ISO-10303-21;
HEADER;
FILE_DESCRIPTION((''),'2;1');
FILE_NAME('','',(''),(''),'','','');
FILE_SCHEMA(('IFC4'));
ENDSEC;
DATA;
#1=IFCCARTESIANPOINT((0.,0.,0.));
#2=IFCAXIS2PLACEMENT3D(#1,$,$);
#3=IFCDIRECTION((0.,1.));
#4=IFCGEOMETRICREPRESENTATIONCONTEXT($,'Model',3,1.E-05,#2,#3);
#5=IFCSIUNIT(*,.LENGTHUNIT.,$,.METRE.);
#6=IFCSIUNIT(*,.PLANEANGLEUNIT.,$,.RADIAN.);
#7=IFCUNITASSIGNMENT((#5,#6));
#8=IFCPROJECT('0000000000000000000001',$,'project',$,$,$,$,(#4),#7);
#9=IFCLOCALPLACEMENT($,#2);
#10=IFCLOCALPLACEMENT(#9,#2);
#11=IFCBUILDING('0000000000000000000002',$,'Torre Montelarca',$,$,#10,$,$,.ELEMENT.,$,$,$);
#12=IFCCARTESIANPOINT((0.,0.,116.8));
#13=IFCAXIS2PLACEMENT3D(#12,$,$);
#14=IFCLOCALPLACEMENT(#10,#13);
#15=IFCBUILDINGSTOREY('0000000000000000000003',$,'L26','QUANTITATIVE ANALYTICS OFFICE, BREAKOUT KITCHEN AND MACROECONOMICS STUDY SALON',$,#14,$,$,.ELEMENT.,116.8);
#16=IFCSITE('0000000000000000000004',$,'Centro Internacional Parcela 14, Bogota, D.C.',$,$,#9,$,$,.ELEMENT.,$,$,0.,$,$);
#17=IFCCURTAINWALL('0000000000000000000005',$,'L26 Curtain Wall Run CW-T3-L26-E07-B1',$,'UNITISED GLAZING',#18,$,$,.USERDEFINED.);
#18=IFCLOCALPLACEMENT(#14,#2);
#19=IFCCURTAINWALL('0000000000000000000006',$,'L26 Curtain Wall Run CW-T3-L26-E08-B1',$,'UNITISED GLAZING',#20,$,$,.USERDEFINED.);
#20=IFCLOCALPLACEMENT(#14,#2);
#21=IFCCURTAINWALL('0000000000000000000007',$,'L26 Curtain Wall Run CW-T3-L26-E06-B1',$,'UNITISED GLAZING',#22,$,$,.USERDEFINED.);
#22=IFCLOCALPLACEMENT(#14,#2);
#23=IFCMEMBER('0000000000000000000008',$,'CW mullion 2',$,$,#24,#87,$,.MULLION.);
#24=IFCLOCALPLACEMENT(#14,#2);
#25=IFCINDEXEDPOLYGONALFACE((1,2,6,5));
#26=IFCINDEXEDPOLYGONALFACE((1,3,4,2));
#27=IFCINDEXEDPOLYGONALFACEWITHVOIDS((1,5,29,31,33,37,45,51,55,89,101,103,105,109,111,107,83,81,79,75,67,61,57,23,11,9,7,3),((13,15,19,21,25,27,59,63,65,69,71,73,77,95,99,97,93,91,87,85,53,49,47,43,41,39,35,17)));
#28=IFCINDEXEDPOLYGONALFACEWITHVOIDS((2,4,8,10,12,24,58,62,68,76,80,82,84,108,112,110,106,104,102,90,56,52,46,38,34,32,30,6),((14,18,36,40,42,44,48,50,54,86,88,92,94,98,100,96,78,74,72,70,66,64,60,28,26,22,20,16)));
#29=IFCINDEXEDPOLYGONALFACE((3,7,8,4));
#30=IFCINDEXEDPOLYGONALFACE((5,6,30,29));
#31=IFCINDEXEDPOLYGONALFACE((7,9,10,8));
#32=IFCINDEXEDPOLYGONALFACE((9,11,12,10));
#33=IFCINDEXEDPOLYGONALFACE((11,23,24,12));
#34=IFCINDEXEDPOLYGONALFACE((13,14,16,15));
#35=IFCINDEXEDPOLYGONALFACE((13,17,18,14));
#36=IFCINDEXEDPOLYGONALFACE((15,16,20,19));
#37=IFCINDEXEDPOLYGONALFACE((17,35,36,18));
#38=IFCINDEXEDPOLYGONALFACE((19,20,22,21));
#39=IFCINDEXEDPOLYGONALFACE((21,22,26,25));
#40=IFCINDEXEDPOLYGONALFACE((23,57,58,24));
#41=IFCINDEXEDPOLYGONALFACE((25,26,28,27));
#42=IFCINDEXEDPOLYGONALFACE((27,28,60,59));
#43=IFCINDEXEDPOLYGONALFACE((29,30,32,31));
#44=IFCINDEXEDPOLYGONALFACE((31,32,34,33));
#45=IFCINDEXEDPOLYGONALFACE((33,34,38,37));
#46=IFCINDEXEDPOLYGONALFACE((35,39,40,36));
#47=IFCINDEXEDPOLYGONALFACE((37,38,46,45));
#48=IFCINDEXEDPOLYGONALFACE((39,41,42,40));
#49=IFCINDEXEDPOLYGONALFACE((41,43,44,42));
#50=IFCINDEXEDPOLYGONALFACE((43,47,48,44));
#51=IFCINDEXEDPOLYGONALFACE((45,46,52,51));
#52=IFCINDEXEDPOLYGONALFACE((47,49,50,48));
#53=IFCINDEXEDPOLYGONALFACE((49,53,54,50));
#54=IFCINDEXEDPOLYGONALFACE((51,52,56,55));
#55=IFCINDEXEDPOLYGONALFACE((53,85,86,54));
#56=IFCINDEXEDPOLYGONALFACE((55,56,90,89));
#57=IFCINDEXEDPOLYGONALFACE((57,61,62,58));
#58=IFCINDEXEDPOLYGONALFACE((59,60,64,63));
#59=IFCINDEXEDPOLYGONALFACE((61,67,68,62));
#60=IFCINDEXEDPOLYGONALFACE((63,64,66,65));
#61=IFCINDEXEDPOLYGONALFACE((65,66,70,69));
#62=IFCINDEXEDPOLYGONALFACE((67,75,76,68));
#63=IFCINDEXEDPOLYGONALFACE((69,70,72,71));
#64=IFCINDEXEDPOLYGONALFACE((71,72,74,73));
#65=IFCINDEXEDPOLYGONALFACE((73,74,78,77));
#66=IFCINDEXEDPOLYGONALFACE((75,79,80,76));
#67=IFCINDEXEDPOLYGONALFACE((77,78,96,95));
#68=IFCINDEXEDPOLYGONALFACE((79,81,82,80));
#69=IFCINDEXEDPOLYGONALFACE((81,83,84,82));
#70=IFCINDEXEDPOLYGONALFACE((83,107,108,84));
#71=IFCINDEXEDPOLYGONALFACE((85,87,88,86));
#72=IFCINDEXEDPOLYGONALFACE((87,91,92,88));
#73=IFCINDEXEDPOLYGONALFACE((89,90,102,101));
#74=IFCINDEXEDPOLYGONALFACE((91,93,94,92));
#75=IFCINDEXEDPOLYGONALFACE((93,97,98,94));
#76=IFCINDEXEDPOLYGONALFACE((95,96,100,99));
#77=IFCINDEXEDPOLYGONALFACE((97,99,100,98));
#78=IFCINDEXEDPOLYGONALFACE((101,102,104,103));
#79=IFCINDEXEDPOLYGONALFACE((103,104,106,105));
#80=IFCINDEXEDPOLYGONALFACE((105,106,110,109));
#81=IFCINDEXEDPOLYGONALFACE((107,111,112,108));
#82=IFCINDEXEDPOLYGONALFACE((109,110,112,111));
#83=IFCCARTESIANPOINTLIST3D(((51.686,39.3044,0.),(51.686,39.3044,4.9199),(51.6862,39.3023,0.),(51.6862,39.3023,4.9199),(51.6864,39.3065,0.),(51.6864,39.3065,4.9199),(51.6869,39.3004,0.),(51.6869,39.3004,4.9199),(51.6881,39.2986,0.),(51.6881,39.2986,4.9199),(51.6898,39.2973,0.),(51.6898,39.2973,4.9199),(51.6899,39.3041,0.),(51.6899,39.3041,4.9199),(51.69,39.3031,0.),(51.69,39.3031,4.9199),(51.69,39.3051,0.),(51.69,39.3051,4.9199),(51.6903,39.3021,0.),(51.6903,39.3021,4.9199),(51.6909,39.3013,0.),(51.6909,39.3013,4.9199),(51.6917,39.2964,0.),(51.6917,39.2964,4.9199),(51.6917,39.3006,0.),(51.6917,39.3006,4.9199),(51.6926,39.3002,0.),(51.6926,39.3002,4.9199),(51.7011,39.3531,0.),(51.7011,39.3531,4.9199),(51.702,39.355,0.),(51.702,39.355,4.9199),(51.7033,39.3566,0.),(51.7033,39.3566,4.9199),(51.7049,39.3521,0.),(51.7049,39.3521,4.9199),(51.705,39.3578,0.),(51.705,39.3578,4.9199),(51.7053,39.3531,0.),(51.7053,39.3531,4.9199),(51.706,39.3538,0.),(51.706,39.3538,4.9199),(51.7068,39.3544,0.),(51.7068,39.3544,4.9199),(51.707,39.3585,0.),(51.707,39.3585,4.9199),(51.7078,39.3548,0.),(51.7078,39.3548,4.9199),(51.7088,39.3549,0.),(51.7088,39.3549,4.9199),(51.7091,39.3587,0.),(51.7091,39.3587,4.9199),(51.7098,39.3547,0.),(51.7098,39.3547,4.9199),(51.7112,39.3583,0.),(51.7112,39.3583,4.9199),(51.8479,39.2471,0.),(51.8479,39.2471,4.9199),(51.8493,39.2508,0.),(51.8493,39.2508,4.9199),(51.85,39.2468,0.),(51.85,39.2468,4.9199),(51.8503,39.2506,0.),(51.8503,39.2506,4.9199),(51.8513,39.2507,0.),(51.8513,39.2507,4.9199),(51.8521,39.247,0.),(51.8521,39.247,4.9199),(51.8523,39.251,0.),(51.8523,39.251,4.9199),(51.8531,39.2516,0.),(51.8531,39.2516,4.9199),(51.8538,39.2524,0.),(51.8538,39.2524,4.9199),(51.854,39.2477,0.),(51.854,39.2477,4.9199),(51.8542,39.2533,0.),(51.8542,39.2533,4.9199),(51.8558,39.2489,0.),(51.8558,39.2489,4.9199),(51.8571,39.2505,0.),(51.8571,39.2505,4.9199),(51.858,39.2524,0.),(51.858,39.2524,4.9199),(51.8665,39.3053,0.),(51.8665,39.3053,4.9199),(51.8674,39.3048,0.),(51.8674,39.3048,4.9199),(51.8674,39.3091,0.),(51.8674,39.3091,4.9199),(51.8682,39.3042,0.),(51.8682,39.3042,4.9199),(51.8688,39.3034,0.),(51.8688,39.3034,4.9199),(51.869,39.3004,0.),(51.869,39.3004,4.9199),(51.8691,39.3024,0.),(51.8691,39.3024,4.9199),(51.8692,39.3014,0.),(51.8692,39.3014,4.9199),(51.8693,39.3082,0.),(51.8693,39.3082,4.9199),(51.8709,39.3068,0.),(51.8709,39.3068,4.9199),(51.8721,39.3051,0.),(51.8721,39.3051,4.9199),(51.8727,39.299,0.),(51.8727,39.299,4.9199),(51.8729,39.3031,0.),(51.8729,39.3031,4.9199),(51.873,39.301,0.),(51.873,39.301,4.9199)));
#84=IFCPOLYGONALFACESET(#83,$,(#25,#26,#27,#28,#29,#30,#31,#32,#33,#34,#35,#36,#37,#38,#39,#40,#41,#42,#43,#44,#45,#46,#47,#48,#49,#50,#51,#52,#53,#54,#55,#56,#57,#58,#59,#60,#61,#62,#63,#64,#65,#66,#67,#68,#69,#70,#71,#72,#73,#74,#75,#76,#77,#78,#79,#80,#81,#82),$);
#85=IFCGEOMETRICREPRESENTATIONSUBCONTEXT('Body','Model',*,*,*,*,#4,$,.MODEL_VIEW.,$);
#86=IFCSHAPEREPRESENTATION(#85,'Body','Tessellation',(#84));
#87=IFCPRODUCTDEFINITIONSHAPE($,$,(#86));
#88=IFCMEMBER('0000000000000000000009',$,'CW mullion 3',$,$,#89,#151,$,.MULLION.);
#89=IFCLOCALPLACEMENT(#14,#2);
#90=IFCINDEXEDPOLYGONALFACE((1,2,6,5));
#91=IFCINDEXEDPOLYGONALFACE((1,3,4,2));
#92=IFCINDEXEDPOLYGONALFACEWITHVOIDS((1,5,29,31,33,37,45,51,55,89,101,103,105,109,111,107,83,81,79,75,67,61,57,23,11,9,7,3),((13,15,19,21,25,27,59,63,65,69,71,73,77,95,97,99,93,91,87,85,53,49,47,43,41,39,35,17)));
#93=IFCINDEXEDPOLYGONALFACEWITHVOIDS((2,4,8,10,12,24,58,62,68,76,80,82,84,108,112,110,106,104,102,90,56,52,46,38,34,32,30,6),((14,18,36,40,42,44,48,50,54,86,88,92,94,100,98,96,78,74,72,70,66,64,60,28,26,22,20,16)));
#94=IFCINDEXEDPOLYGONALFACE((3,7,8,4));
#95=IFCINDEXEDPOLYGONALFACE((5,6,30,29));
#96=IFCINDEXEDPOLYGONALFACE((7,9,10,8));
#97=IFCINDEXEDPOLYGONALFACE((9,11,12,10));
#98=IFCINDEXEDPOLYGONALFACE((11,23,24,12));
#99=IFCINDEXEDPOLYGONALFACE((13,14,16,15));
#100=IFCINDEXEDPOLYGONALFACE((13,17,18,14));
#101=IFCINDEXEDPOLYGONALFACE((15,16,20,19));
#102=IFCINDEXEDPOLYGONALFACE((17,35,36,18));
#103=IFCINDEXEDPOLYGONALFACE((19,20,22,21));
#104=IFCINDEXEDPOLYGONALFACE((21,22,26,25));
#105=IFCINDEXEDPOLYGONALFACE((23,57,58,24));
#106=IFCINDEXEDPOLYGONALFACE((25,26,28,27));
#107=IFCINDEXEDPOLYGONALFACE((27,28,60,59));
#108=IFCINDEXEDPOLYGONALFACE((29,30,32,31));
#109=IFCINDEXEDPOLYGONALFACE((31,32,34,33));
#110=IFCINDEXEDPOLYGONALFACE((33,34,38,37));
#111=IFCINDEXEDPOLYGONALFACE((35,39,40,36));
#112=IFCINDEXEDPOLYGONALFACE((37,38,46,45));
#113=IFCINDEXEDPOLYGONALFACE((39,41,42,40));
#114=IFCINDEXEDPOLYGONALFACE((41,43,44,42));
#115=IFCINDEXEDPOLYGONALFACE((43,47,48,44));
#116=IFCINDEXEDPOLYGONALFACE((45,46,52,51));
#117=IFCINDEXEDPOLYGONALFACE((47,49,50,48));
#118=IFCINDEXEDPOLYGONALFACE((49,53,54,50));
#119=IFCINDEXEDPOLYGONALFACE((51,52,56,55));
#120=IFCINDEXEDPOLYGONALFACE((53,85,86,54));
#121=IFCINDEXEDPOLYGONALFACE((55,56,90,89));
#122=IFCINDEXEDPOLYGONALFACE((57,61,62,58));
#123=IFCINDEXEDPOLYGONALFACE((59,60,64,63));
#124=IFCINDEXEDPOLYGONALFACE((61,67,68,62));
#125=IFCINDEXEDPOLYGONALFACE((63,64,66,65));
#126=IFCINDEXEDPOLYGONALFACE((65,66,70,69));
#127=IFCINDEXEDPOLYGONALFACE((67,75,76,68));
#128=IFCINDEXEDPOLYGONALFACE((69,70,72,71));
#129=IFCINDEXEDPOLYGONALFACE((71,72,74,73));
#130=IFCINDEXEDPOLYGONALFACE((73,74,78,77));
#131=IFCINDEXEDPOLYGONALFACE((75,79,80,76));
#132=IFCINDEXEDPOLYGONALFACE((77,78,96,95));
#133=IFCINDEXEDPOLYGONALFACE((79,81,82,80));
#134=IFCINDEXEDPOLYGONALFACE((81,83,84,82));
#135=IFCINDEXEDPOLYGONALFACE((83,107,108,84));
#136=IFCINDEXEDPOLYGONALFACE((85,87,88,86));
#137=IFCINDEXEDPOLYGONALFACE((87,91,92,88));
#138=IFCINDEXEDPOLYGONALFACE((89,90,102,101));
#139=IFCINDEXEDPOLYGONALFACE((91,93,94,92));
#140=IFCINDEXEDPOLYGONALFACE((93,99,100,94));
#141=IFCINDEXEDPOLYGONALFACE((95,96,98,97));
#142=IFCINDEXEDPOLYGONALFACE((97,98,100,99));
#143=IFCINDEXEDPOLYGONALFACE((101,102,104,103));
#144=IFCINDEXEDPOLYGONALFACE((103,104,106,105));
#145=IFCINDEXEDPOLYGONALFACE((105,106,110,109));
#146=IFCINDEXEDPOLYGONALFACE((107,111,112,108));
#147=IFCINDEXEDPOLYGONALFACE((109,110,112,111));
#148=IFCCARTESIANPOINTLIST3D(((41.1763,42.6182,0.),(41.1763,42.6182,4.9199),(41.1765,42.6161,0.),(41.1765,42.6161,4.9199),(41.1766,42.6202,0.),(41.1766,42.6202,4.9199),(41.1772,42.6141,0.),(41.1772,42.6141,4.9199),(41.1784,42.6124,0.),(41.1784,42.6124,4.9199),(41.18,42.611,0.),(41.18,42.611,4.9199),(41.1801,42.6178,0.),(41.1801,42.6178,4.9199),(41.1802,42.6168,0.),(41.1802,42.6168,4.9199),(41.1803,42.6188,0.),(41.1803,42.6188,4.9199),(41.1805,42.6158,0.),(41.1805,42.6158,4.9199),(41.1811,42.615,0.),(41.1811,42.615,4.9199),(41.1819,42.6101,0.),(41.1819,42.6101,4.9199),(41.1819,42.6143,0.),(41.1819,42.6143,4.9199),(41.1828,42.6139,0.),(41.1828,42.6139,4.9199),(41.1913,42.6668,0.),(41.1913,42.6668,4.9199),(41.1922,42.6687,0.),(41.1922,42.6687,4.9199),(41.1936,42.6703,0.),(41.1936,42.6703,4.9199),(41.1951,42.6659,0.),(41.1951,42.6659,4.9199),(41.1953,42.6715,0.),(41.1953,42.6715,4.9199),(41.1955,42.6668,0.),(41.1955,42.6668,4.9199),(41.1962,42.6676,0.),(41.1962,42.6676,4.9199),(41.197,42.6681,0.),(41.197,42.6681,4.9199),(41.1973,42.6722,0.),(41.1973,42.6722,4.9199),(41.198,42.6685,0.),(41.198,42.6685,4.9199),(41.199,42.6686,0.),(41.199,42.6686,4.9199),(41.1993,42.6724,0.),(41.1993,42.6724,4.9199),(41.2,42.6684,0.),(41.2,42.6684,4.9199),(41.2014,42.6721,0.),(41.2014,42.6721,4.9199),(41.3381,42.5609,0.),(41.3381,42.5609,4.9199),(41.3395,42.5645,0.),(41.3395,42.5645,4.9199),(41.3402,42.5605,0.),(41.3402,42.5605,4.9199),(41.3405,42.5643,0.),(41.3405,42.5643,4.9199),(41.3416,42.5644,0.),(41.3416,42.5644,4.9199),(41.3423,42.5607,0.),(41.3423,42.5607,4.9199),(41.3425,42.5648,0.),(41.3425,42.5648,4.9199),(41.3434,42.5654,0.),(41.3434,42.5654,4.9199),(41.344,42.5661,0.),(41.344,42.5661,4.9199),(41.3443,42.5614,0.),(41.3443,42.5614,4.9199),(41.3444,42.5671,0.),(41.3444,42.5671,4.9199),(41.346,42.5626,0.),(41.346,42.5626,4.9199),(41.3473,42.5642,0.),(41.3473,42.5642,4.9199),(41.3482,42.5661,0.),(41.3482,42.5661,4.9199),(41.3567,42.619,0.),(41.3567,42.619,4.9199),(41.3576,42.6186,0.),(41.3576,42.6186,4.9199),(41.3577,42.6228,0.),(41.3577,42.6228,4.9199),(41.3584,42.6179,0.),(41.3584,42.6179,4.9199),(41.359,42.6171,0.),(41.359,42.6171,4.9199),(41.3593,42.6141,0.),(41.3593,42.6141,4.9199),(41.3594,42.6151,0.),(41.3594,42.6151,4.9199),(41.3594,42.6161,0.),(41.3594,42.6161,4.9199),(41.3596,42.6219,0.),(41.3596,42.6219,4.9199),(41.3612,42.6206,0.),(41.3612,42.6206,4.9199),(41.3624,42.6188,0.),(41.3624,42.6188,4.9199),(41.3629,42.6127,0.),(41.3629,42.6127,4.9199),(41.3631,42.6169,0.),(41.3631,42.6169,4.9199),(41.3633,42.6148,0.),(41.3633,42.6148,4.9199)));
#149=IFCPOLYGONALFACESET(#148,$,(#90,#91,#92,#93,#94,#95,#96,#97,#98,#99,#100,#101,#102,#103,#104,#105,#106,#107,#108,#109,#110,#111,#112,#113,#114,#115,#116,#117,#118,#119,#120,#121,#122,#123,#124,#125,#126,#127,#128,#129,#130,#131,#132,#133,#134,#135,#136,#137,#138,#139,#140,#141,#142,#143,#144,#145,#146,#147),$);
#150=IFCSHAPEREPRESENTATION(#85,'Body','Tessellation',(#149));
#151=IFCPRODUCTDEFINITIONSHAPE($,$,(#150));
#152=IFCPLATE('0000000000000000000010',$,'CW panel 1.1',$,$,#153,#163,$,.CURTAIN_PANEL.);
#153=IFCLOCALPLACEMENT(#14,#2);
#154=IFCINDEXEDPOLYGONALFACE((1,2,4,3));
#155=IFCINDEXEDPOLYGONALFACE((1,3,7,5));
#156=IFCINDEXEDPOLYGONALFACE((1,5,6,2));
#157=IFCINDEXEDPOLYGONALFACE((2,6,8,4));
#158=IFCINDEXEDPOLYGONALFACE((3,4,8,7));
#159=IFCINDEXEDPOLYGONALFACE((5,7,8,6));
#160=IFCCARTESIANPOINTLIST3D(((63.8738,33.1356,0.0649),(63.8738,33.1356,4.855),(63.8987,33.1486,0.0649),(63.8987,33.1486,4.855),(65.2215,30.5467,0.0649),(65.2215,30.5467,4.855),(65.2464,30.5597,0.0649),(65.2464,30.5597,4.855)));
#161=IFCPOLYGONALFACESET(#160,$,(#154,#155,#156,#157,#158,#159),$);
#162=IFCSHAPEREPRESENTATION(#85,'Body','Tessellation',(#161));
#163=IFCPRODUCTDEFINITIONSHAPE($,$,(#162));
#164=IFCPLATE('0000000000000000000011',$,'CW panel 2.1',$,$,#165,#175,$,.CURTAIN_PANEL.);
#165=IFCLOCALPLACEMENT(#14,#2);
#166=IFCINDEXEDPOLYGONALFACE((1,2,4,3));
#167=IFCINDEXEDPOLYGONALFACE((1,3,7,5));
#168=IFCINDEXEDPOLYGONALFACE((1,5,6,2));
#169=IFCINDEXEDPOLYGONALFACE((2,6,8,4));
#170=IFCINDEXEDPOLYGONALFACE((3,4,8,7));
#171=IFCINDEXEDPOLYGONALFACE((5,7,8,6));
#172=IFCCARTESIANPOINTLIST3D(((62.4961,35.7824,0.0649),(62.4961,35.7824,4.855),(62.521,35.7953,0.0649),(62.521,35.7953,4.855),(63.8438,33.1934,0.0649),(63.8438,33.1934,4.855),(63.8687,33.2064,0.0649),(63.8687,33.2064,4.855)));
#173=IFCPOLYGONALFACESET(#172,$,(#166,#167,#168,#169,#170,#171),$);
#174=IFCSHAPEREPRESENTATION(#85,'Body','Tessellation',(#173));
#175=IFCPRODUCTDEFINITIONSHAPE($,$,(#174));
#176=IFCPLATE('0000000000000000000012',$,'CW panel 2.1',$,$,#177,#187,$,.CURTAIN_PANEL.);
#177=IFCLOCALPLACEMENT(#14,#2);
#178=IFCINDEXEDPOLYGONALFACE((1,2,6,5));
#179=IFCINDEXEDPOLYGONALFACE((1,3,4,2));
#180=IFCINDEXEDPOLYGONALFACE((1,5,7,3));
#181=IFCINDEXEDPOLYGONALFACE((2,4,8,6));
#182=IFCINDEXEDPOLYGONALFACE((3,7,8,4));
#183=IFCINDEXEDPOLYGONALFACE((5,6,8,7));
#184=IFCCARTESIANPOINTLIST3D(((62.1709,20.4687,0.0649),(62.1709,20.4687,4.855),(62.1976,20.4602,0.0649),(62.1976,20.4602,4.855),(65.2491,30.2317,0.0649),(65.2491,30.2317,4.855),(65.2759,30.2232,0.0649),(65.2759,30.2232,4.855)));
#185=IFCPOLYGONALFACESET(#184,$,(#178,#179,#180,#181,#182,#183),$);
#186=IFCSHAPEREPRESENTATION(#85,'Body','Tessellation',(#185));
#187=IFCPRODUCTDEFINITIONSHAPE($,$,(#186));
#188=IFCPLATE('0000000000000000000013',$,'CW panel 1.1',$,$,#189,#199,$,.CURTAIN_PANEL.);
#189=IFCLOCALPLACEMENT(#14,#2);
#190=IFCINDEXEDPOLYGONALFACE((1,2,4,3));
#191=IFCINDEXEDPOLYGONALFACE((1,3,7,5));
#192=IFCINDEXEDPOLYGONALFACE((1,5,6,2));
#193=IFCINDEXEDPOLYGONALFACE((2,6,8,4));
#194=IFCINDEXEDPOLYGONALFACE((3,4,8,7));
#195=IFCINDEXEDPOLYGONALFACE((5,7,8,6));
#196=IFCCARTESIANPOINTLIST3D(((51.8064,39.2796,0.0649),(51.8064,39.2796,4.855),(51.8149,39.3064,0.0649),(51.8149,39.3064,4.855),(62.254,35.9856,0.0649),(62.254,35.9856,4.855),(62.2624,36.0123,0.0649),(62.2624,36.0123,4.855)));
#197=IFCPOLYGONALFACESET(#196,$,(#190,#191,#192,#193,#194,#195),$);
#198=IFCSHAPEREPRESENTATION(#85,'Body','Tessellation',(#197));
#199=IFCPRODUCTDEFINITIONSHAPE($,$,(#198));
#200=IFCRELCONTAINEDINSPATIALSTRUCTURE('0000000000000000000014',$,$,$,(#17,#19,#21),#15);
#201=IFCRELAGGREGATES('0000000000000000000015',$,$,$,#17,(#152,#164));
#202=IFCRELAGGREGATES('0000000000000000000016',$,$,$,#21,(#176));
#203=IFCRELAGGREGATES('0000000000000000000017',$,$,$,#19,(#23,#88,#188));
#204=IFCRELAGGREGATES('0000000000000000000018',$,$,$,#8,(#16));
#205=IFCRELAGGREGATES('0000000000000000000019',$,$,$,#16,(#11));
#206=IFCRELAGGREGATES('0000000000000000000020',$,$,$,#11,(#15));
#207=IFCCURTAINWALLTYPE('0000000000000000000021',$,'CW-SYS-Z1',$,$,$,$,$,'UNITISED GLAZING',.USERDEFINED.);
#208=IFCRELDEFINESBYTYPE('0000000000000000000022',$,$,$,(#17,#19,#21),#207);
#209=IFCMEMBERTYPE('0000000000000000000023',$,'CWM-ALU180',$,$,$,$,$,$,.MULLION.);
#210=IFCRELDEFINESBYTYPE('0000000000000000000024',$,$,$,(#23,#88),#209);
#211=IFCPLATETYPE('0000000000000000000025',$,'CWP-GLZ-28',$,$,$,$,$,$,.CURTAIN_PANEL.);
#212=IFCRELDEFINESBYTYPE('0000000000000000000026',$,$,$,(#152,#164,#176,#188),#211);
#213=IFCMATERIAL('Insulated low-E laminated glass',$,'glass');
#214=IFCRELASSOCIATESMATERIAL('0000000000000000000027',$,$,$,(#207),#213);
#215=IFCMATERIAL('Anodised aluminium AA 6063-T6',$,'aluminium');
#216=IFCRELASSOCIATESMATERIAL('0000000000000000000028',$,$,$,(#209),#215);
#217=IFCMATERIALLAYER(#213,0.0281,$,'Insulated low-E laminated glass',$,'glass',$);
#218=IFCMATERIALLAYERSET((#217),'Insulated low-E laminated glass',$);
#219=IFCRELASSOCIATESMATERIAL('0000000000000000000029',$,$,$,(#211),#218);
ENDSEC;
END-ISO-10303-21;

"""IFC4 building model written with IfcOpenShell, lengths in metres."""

from ifc_helpers import new_model, si_unit, direction, frame, origin, origin_2d, place, context, subcontext, project, spatial, rectangle, hollow_rectangle, extrude, source, transform, mapped, material, layer, layer_set, material_profile, profile_set, type_object, element, aggregate, save


model = new_model("IFC4")

# Units and contexts
model_context = context("Model", 3, precision=1e-05, world=origin(), true_north=direction((0.0, 1.0)))
body_context = subcontext(model_context, "Body", "Model", "MODEL_VIEW")
ifc_project = project(units=[si_unit("LENGTHUNIT", "METRE"), si_unit("PLANEANGLEUNIT", "RADIAN")], contexts=[model_context])

# Site, building, storey
site_placement = place(None, origin())
site = spatial("IfcSite", under=ifc_project, at=site_placement, Name="Centro Internacional Parcela 14, Bogota, D.C.", CompositionType="ELEMENT", RefElevation=0.0)
building_placement = place(site_placement, origin())
building = spatial("IfcBuilding", under=site, at=building_placement, Name="Torre Montelarca", CompositionType="ELEMENT")
storey_placement = place(building_placement, frame((0.0, 0.0, 116.8)))
storey = spatial("IfcBuildingStorey", under=building, at=storey_placement, Name="L26", Description="QUANTITATIVE ANALYTICS OFFICE, BREAKOUT KITCHEN AND MACROECONOMICS STUDY SALON", CompositionType="ELEMENT", Elevation=116.8)

# Curtain walls
ifc_material_1 = material(Name="Insulated low-E laminated glass", Category="glass")
curtain_wall_type = type_object("IfcCurtainWallType", Name="CW-SYS-Z1", ElementType="UNITISED GLAZING", PredefinedType="USERDEFINED", material=ifc_material_1)
curtain_wall_1_placement = place(storey_placement, origin())
curtain_wall_1 = element("IfcCurtainWall", 1, at=curtain_wall_1_placement, inside=storey, type_object=curtain_wall_type, Name="L26 Curtain Wall Run CW-T3-L26-E07-B1", ObjectType="UNITISED GLAZING", PredefinedType="USERDEFINED")
ifc_material_2 = material(Name="Anodised aluminium AA 6063-T6", Category="aluminium")
curtain_wall_2_placement = place(storey_placement, origin())
curtain_wall_2 = element("IfcCurtainWall", 2, at=curtain_wall_2_placement, inside=storey, type_object=curtain_wall_type, Name="L26 Curtain Wall Run CW-T3-L26-E08-B1", ObjectType="UNITISED GLAZING", PredefinedType="USERDEFINED")

# Curtain wall
curtain_wall_3_placement = place(storey_placement, origin())
curtain_wall_3 = element("IfcCurtainWall", 3, at=curtain_wall_3_placement, inside=storey, type_object=curtain_wall_type, Name="L26 Curtain Wall Run CW-T3-L26-E06-B1", ObjectType="UNITISED GLAZING", PredefinedType="USERDEFINED")

# Members
ifc_material_profile_1 = material_profile(ifc_material_2, hollow_rectangle(XDim=0.0649, YDim=0.1799, WallThickness=0.0039, InnerFilletRadius=0.0039, OuterFilletRadius=0.0081, at=origin_2d()), Name="ALU65X180X4", Category="aluminium")
ifc_profile_set_1 = profile_set([ifc_material_profile_1], Name="Anodised aluminium AA 6063-T6")
member_type_1 = type_object("IfcMemberType", Name="CWM-ALU180", PredefinedType="MULLION", material=ifc_profile_set_1)
shared_shape_1 = source(origin(), body_context, "Body", "SweptSolid", [
    extrude(hollow_rectangle(XDim=0.0649, YDim=0.1799, WallThickness=0.0039, InnerFilletRadius=0.0039, OuterFilletRadius=0.0081, at=origin_2d()), origin(), (0.0, 0.0, 1.0), 4.9199),
])
member_1_placement = place(storey_placement, frame((51.7795, 39.3027, 0.0), z_axis=(0.0, 0.0, 1.0), x_axis=(-0.300703, -0.953718, 0.0)))
member_1 = element("IfcMember", 4, at=member_1_placement, type_object=member_type_1, Name="CW mullion 2", PredefinedType="MULLION", context=body_context, shape_type="MappedRepresentation", body=[
    mapped(shared_shape_1, transform((0.0, 0.0, 0.0), scale=1.0)),
])
member_2_placement = place(storey_placement, frame((41.2698, 42.6165, 0.0), z_axis=(0.0, 0.0, 1.0), x_axis=(-0.300703, -0.953718, 0.0)))
member_2 = element("IfcMember", 5, at=member_2_placement, type_object=member_type_1, Name="CW mullion 3", PredefinedType="MULLION", context=body_context, shape_type="MappedRepresentation", body=[
    mapped(shared_shape_1, transform((0.0, 0.0, 0.0), scale=1.0)),
])

# Plates
ifc_layer_1 = layer(ifc_material_1, 0.0281, Name="Insulated low-E laminated glass", Category="glass")
ifc_layer_set_1 = layer_set([ifc_layer_1], Name="Insulated low-E laminated glass")
plate_type = type_object("IfcPlateType", Name="CWP-GLZ-28", PredefinedType="CURTAIN_PANEL", material=ifc_layer_set_1)
shared_shape_2 = source(origin(), body_context, "Body", "SweptSolid", [
    extrude(rectangle(XDim=2.9187, YDim=0.0281, at=origin_2d()), origin(), (0.0, 0.0, 1.0), 4.79),
])
plate_1_placement = place(storey_placement, frame((64.5601, 31.8477, 0.0649), z_axis=(0.0, 0.0, 1.0), x_axis=(-0.461742, 0.887014, 0.0)))
plate_1 = element("IfcPlate", 6, at=plate_1_placement, type_object=plate_type, Name="CW panel 1.1", PredefinedType="CURTAIN_PANEL", context=body_context, shape_type="MappedRepresentation", body=[
    mapped(shared_shape_2, transform((0.0, 0.0, 0.0), scale=1.0)),
])
plate_2_placement = place(storey_placement, frame((63.1824, 34.4944, 0.0649), z_axis=(0.0, 0.0, 1.0), x_axis=(-0.461742, 0.887014, 0.0)))
plate_2 = element("IfcPlate", 7, at=plate_2_placement, type_object=plate_type, Name="CW panel 2.1", PredefinedType="CURTAIN_PANEL", context=body_context, shape_type="MappedRepresentation", body=[
    mapped(shared_shape_2, transform((0.0, 0.0, 0.0), scale=1.0)),
])
aggregate(curtain_wall_1, [plate_1, plate_2])
shared_shape_3 = source(origin(), body_context, "Body", "SweptSolid", [
    extrude(rectangle(XDim=10.2368, YDim=0.0281, at=origin_2d()), origin(), (0.0, 0.0, 1.0), 4.79),
])
plate_3_placement = place(storey_placement, frame((63.7234, 25.3459, 0.0649), z_axis=(0.0, 0.0, 1.0), x_axis=(0.300706, 0.953717, 0.0)))
plate_3 = element("IfcPlate", 8, at=plate_3_placement, type_object=plate_type, Name="CW panel 2.1", PredefinedType="CURTAIN_PANEL", context=body_context, shape_type="MappedRepresentation", body=[
    mapped(shared_shape_3, transform((0.0, 0.0, 0.0), scale=1.0)),
])
aggregate(curtain_wall_3, [plate_3])
shared_shape_4 = source(origin(), body_context, "Body", "SweptSolid", [
    extrude(rectangle(XDim=10.9546, YDim=0.0281, at=origin_2d()), origin(), (0.0, 0.0, 1.0), 4.79),
])
plate_4_placement = place(storey_placement, frame((57.0344, 37.646, 0.0649), z_axis=(0.0, 0.0, 1.0), x_axis=(-0.953718, 0.300703, 0.0)))
plate_4 = element("IfcPlate", 9, at=plate_4_placement, type_object=plate_type, Name="CW panel 1.1", PredefinedType="CURTAIN_PANEL", context=body_context, shape_type="MappedRepresentation", body=[
    mapped(shared_shape_4, transform((0.0, 0.0, 0.0), scale=1.0)),
])
aggregate(curtain_wall_2, [member_1, member_2, plate_4])

save(model, "model.ifc")
